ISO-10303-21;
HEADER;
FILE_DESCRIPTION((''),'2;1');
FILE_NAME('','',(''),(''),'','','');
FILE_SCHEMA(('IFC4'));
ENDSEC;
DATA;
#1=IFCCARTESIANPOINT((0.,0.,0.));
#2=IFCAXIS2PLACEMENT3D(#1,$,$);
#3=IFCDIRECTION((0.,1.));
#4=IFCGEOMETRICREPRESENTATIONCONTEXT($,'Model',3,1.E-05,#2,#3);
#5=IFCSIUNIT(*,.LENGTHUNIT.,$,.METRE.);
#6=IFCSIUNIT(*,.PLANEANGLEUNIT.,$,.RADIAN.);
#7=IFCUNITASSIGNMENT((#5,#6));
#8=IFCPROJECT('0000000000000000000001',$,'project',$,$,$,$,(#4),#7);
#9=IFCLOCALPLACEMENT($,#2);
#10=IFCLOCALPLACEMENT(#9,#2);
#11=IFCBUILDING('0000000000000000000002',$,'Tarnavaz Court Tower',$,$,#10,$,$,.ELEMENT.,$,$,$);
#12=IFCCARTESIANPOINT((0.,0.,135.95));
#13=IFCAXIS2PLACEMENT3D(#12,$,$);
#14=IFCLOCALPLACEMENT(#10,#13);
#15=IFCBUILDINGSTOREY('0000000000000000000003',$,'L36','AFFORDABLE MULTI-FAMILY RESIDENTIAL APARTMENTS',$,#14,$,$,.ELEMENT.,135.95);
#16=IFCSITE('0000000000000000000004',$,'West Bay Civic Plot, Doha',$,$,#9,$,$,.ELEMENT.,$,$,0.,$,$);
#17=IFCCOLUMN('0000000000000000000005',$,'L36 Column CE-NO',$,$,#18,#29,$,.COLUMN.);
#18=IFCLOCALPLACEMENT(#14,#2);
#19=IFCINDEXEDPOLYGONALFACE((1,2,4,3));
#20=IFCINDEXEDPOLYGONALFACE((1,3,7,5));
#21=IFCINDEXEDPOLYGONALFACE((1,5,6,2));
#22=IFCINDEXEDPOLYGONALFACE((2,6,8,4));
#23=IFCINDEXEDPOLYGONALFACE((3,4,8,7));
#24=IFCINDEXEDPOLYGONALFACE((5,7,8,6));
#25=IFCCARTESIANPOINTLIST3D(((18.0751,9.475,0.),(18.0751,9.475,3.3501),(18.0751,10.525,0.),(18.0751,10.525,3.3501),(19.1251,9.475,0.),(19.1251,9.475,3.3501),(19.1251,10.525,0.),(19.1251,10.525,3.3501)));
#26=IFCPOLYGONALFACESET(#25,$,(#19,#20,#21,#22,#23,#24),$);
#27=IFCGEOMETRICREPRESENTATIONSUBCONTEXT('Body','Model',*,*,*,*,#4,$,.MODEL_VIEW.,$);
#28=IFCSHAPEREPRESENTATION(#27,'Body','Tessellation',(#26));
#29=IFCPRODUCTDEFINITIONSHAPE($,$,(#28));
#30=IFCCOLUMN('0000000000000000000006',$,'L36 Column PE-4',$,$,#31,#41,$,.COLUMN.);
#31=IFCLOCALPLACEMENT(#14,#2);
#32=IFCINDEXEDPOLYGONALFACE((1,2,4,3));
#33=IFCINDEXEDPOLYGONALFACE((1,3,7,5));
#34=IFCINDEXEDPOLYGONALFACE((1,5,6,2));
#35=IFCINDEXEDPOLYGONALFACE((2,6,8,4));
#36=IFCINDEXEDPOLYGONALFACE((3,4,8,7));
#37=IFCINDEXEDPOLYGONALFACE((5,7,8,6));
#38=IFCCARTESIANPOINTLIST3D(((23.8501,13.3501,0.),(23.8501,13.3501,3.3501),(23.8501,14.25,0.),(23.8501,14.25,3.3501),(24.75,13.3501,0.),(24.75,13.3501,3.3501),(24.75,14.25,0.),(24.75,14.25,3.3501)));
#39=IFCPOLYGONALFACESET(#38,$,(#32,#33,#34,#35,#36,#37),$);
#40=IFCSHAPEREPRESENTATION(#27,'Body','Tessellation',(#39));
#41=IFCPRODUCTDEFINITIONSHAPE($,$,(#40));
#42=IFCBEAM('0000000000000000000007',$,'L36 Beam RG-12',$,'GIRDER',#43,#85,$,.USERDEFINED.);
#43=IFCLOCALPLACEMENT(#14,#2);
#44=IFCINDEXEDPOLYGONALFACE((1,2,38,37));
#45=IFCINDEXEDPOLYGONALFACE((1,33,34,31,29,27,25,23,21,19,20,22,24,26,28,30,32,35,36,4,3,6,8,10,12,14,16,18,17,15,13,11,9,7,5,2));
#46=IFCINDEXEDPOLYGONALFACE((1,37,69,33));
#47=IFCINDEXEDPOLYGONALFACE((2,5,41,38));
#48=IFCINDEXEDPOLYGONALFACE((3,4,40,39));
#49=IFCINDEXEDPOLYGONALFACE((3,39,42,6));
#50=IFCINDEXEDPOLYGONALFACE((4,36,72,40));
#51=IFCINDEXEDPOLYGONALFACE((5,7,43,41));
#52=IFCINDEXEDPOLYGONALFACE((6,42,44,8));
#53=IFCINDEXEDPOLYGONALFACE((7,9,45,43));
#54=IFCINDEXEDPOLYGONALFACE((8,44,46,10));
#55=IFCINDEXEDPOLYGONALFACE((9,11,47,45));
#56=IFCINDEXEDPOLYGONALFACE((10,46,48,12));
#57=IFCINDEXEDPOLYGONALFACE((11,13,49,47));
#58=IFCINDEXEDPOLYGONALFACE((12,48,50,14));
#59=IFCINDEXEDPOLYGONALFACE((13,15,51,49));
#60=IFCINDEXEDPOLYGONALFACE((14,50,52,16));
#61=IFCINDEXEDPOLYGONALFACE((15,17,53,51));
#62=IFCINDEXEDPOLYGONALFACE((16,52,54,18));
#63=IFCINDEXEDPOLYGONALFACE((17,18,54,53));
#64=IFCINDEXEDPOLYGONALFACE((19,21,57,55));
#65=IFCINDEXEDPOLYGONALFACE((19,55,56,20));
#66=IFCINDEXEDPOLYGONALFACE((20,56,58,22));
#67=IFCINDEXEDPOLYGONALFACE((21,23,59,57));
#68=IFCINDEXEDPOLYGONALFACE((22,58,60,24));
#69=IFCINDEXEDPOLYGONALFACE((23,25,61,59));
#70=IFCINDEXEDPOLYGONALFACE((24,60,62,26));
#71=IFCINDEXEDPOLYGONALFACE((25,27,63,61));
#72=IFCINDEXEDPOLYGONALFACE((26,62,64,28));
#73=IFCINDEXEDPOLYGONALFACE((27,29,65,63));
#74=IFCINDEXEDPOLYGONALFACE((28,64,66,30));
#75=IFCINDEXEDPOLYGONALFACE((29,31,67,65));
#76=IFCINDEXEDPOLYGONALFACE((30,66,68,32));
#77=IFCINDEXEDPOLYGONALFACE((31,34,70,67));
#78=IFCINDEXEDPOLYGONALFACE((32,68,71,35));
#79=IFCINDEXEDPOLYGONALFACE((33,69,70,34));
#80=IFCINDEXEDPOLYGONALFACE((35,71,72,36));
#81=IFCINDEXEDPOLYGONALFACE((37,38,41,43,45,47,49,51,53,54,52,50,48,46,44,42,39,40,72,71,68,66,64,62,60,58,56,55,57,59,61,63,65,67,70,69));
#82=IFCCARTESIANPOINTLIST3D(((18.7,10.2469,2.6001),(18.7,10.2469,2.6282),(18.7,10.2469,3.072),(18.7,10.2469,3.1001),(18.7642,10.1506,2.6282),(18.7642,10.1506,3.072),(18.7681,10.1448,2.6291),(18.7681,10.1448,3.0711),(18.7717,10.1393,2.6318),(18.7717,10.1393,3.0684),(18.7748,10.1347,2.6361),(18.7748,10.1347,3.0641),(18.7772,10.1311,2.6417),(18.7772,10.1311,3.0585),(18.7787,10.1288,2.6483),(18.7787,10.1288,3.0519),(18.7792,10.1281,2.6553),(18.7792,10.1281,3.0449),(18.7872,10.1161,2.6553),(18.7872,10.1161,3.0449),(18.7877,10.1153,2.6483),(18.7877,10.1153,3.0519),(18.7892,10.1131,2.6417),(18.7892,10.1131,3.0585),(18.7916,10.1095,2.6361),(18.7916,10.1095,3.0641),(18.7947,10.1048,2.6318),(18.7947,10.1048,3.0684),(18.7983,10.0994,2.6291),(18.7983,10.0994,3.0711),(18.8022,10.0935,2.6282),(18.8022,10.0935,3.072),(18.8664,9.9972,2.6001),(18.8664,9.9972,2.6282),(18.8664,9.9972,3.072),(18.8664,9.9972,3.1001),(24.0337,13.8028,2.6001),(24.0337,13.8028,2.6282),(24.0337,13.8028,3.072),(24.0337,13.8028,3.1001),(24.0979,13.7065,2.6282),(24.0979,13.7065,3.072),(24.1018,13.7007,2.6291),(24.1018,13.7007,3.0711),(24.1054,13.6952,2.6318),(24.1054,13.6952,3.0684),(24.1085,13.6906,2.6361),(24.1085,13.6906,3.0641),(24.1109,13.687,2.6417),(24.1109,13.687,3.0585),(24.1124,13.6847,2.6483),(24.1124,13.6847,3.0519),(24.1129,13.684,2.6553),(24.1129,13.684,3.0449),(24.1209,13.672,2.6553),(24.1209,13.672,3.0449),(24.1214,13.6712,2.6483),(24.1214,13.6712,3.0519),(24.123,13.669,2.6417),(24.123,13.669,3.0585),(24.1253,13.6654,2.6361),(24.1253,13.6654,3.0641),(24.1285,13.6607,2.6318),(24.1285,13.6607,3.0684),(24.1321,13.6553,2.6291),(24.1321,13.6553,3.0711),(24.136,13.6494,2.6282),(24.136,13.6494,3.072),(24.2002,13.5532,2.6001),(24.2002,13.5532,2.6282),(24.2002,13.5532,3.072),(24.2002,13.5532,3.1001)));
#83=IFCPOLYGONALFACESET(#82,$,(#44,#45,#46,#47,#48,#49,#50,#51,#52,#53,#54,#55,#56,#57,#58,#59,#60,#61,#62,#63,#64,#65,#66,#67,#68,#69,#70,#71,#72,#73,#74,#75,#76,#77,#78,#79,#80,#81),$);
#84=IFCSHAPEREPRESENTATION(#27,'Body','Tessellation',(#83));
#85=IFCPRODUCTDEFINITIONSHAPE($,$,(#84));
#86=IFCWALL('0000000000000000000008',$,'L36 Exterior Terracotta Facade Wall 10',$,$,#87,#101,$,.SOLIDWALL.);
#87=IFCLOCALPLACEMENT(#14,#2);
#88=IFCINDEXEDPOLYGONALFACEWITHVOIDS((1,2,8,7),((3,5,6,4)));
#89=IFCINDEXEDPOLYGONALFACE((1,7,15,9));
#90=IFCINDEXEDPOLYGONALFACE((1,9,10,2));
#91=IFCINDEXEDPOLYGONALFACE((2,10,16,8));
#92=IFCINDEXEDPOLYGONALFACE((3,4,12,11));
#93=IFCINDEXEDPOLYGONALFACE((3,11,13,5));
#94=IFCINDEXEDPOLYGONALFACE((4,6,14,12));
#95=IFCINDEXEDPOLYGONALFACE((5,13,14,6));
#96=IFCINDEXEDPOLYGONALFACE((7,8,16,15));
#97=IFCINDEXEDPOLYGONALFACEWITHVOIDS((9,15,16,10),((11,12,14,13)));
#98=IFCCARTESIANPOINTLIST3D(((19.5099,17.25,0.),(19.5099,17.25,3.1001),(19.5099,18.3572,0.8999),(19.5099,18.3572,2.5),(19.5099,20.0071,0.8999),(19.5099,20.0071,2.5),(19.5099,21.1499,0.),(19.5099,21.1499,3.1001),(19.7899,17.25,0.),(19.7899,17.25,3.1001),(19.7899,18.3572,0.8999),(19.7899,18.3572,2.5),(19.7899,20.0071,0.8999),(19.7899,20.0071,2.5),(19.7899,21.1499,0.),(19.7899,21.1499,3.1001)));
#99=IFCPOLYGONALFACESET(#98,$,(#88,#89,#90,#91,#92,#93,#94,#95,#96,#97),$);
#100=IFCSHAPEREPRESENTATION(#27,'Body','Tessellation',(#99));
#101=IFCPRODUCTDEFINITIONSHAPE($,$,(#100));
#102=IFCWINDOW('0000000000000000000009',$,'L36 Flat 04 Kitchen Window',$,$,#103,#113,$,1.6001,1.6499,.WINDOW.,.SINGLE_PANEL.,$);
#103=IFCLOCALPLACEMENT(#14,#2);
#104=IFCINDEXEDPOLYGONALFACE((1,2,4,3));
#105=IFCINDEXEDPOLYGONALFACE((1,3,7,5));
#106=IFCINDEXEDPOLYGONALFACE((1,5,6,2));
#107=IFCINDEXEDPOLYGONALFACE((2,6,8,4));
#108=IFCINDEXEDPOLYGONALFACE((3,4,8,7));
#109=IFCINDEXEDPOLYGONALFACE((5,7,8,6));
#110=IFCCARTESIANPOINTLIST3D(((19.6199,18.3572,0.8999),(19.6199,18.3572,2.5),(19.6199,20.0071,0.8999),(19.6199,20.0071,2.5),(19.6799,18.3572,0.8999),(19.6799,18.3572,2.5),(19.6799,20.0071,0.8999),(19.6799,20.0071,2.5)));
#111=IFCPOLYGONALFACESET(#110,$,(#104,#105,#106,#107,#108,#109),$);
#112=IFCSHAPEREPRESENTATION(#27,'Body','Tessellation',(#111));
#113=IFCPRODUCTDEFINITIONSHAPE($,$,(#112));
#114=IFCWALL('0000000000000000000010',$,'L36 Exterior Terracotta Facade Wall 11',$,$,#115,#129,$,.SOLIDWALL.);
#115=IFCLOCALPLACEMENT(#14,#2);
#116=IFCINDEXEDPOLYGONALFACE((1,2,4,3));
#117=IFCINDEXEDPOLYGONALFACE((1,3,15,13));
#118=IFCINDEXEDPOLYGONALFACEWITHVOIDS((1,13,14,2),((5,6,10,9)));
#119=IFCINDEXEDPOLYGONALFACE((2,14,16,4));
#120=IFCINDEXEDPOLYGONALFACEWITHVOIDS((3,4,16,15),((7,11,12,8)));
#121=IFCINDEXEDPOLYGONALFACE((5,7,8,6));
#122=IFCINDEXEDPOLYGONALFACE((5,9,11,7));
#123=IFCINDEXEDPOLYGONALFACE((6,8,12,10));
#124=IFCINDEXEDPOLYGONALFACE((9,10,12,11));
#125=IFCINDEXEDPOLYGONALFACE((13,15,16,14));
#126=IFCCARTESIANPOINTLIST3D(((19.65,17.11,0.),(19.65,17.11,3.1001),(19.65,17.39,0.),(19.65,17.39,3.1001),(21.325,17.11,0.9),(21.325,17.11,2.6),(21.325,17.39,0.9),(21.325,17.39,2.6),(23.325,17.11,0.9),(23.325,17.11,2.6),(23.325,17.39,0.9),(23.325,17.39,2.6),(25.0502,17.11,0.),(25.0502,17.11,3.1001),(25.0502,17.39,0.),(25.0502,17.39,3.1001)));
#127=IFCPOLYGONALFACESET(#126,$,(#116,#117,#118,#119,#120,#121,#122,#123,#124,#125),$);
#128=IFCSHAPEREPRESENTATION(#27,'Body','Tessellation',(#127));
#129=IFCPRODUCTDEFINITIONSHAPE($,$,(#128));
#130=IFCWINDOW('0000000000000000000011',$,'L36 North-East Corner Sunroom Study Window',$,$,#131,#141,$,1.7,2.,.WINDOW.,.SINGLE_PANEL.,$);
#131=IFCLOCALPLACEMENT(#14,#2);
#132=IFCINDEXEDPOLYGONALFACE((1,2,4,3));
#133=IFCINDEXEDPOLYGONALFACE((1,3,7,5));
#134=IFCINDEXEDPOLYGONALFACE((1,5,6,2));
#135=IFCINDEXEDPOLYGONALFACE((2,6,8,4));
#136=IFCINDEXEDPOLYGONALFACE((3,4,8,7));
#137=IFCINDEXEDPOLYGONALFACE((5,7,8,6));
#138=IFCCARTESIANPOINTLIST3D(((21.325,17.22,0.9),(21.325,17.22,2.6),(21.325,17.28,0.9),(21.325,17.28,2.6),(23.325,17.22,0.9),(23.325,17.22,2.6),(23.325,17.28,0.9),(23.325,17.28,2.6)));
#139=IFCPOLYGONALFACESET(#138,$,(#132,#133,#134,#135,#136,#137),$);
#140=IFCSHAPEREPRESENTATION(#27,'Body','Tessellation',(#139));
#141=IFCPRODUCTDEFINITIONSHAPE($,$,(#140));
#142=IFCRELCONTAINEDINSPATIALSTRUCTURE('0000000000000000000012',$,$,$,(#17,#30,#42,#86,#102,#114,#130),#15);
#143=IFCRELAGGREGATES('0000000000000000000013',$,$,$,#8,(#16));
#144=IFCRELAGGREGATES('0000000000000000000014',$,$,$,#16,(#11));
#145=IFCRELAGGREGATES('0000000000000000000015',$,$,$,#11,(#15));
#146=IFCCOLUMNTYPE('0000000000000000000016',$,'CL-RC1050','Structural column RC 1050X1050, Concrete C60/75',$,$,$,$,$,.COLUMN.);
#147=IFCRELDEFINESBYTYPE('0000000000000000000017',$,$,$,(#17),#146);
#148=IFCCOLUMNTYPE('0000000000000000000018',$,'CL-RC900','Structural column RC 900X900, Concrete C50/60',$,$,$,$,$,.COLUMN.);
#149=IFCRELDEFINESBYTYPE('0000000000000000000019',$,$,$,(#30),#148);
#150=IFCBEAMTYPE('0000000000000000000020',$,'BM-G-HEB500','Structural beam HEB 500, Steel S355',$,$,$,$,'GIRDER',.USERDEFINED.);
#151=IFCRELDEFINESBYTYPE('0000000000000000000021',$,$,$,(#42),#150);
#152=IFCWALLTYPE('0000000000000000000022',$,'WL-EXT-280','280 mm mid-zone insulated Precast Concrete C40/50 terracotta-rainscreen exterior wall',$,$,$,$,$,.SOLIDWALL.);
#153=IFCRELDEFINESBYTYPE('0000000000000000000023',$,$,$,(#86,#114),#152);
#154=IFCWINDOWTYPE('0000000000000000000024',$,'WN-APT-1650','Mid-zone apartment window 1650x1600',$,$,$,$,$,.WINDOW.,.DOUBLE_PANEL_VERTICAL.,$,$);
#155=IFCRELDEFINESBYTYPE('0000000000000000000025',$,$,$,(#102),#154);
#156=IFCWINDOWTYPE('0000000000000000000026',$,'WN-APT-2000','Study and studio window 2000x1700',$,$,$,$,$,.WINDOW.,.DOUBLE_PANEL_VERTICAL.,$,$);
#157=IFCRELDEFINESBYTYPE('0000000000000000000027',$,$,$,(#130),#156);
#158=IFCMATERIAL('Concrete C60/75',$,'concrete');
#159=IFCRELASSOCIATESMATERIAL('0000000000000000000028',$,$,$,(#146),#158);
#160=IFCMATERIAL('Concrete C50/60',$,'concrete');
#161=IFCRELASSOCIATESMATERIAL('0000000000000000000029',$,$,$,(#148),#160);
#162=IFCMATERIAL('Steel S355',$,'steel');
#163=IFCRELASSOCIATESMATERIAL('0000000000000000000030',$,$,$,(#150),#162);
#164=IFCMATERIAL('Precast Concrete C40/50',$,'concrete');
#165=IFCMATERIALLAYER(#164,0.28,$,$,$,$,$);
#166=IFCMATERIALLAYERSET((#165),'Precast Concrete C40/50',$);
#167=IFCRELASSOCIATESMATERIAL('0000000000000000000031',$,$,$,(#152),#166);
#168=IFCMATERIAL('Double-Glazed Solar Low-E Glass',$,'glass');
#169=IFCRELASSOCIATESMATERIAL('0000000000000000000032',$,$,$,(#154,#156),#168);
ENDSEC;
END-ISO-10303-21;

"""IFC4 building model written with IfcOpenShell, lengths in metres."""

from ifc_helpers import new_model, si_unit, direction, frame, frame_2d, origin, origin_2d, place, context, subcontext, project, spatial, rectangle, i_section, extrude, material, layer, layer_set, material_profile, profile_set, type_object, element, fill, save


model = new_model("IFC4")

# Units and contexts
model_context = context("Model", 3, precision=1e-05, world=origin(), true_north=direction((0.0, 1.0)))
body_context = subcontext(model_context, "Body", "Model", "MODEL_VIEW")
ifc_project = project(units=[si_unit("LENGTHUNIT", "METRE"), si_unit("PLANEANGLEUNIT", "RADIAN")], contexts=[model_context])

# Site, building, storey
site_placement = place(None, origin())
site = spatial("IfcSite", under=ifc_project, at=site_placement, Name="West Bay Civic Plot, Doha", CompositionType="ELEMENT", RefElevation=0.0)
building_placement = place(site_placement, origin())
building = spatial("IfcBuilding", under=site, at=building_placement, Name="Tarnavaz Court Tower", CompositionType="ELEMENT")
storey_placement = place(building_placement, frame((0.0, 0.0, 135.95)))
storey = spatial("IfcBuildingStorey", under=building, at=storey_placement, Name="L36", Description="AFFORDABLE MULTI-FAMILY RESIDENTIAL APARTMENTS", CompositionType="ELEMENT", Elevation=135.95)

# Columns
ifc_material_1 = material(Name="Concrete C60/75", Category="concrete")
ifc_material_profile_1 = material_profile(ifc_material_1, rectangle(XDim=1.05, YDim=1.05, at=origin_2d()), Name="RC 1050X1050")
ifc_profile_set_1 = profile_set([ifc_material_profile_1], Name="Concrete C60/75")
column_type_1 = type_object("IfcColumnType", Name="CL-RC1050", Description="Structural column RC 1050X1050, Concrete C60/75", PredefinedType="COLUMN", material=ifc_profile_set_1)
column_1_placement = place(storey_placement, frame((18.6001, 10.0, 0.0), z_axis=(0.0, 0.0, 1.0), x_axis=(1.0, 0.0, 0.0)))
element("IfcColumn", 1, at=column_1_placement, inside=storey, type_object=column_type_1, Name="L36 Column CE-NO", PredefinedType="COLUMN", context=body_context, shape_type="SweptSolid", body=[
    extrude(rectangle(XDim=1.05, YDim=1.05, at=origin_2d()), origin(), (0.0, 0.0, 1.0), 3.3501),
])
ifc_material_2 = material(Name="Concrete C50/60", Category="concrete")
ifc_material_profile_2 = material_profile(ifc_material_2, rectangle(XDim=0.8999, YDim=0.8999, at=origin_2d()), Name="RC 900X900")
ifc_profile_set_2 = profile_set([ifc_material_profile_2], Name="Concrete C50/60")
column_type_2 = type_object("IfcColumnType", Name="CL-RC900", Description="Structural column RC 900X900, Concrete C50/60", PredefinedType="COLUMN", material=ifc_profile_set_2)
column_2_placement = place(storey_placement, frame((24.3, 13.8, 0.0), z_axis=(0.0, 0.0, 1.0), x_axis=(1.0, 0.0, 0.0)))
element("IfcColumn", 2, at=column_2_placement, inside=storey, type_object=column_type_2, Name="L36 Column PE-4", PredefinedType="COLUMN", context=body_context, shape_type="SweptSolid", body=[
    extrude(rectangle(XDim=0.8999, YDim=0.8999, at=origin_2d()), origin(), (0.0, 0.0, 1.0), 3.3501),
])

# Beam
ifc_material_3 = material(Name="Steel S355", Category="steel")
ifc_material_profile_3 = material_profile(ifc_material_3, i_section(OverallWidth=0.3, OverallDepth=0.5, WebThickness=0.0144, FlangeThickness=0.0281, FilletRadius=0.0271, at=origin_2d()), Name="HEB 500")
ifc_profile_set_3 = profile_set([ifc_material_profile_3], Name="Steel S355")
beam_type = type_object("IfcBeamType", Name="BM-G-HEB500", Description="Structural beam HEB 500, Steel S355", ElementType="GIRDER", PredefinedType="USERDEFINED", material=ifc_profile_set_3)
beam_placement = place(storey_placement, frame((18.7832, 10.1221, 2.8501), z_axis=(0.832044, 0.554709, 0.0), x_axis=(-0.554709, 0.832044, 0.0)))
element("IfcBeam", 3, at=beam_placement, inside=storey, type_object=beam_type, Name="L36 Beam RG-12", ObjectType="GIRDER", PredefinedType="USERDEFINED", context=body_context, shape_type="SweptSolid", body=[
    extrude(i_section(OverallWidth=0.3, OverallDepth=0.5, WebThickness=0.0144, FlangeThickness=0.0281, FilletRadius=0.0271, at=origin_2d()), origin(), (0.0, 0.0, 1.0), 6.4104),
])

# Walls, openings, windows
ifc_material_4 = material(Name="Precast Concrete C40/50", Category="concrete")
ifc_layer_1 = layer(ifc_material_4, 0.28)
ifc_layer_set_1 = layer_set([ifc_layer_1], Name="Precast Concrete C40/50")
wall_type_1 = type_object("IfcWallType", Name="WL-EXT-280", Description="280 mm mid-zone insulated Precast Concrete C40/50 terracotta-rainscreen exterior wall", PredefinedType="SOLIDWALL", material=ifc_layer_set_1)
wall_1_placement = place(storey_placement, frame((19.6499, 21.1499, 0.0), z_axis=(0.0, 0.0, 1.0), x_axis=(0.0, -1.0, 0.0)))
wall_1 = element("IfcWall", 4, at=wall_1_placement, inside=storey, type_object=wall_type_1, Name="L36 Exterior Terracotta Facade Wall 10", PredefinedType="SOLIDWALL", context=body_context, shape_type="SweptSolid", body=[
    extrude(rectangle(XDim=3.8999, YDim=0.28, at=frame_2d((1.95, 0.0))), origin(), (0.0, 0.0, 1.0), 3.1001),
])
opening_1_placement = place(wall_1_placement, frame((1.1428, 0.0, 0.8999)))
opening_1 = element("IfcOpeningElement", 5, at=opening_1_placement, cuts=wall_1, PredefinedType="OPENING", context=body_context, shape_type="SweptSolid", body=[
    extrude(rectangle(XDim=1.6499, YDim=1.6001, at=frame_2d((0.825, 0.8))), frame((0.0, 0.1499, 0.0), z_axis=(0.0, -1.0, 0.0), x_axis=(1.0, 0.0, 0.0)), (0.0, 0.0, 1.0), 0.3),
])
ifc_material_5 = material(Name="Double-Glazed Solar Low-E Glass", Category="glass")
window_type_1 = type_object("IfcWindowType", Name="WN-APT-1650", Description="Mid-zone apartment window 1650x1600", PartitioningType="DOUBLE_PANEL_VERTICAL", PredefinedType="WINDOW", material=ifc_material_5)
window_1_placement = place(opening_1_placement, origin())
window_1 = element("IfcWindow", 6, at=window_1_placement, inside=storey, type_object=window_type_1, Name="L36 Flat 04 Kitchen Window", OverallHeight=1.6001, OverallWidth=1.6499, PartitioningType="SINGLE_PANEL", PredefinedType="WINDOW", context=body_context, shape_type="SweptSolid", body=[
    extrude(rectangle(XDim=1.6499, YDim=1.6001, at=frame_2d((0.825, 0.8))), frame((0.0, 0.03, 0.0), z_axis=(0.0, -1.0, 0.0), x_axis=(1.0, 0.0, 0.0)), (0.0, 0.0, 1.0), 0.0601),
])
fill(opening_1, window_1)
wall_2_placement = place(storey_placement, frame((19.6499, 17.25, 0.0), z_axis=(0.0, 0.0, 1.0), x_axis=(1.0, 0.0, 0.0)))
wall_2 = element("IfcWall", 7, at=wall_2_placement, inside=storey, type_object=wall_type_1, Name="L36 Exterior Terracotta Facade Wall 11", PredefinedType="SOLIDWALL", context=body_context, shape_type="SweptSolid", body=[
    extrude(rectangle(XDim=5.4001, YDim=0.28, at=frame_2d((2.7002, 0.0))), origin(), (0.0, 0.0, 1.0), 3.1001),
])
opening_2_placement = place(wall_2_placement, frame((1.675, 0.0, 0.8999)))
opening_2 = element("IfcOpeningElement", 8, at=opening_2_placement, cuts=wall_2, PredefinedType="OPENING", context=body_context, shape_type="SweptSolid", body=[
    extrude(rectangle(XDim=2.0, YDim=1.7, at=frame_2d((1.0, 0.8501))), frame((0.0, 0.1499, 0.0), z_axis=(0.0, -1.0, 0.0), x_axis=(1.0, 0.0, 0.0)), (0.0, 0.0, 1.0), 0.3),
])
window_type_2 = type_object("IfcWindowType", Name="WN-APT-2000", Description="Study and studio window 2000x1700", PartitioningType="DOUBLE_PANEL_VERTICAL", PredefinedType="WINDOW", material=ifc_material_5)
window_2_placement = place(opening_2_placement, origin())
window_2 = element("IfcWindow", 9, at=window_2_placement, inside=storey, type_object=window_type_2, Name="L36 North-East Corner Sunroom Study Window", OverallHeight=1.7, OverallWidth=2.0, PartitioningType="SINGLE_PANEL", PredefinedType="WINDOW", context=body_context, shape_type="SweptSolid", body=[
    extrude(rectangle(XDim=2.0, YDim=1.7, at=frame_2d((1.0, 0.8501))), frame((0.0, 0.03, 0.0), z_axis=(0.0, -1.0, 0.0), x_axis=(1.0, 0.0, 0.0)), (0.0, 0.0, 1.0), 0.0601),
])
fill(opening_2, window_2)

save(model, "model.ifc")
